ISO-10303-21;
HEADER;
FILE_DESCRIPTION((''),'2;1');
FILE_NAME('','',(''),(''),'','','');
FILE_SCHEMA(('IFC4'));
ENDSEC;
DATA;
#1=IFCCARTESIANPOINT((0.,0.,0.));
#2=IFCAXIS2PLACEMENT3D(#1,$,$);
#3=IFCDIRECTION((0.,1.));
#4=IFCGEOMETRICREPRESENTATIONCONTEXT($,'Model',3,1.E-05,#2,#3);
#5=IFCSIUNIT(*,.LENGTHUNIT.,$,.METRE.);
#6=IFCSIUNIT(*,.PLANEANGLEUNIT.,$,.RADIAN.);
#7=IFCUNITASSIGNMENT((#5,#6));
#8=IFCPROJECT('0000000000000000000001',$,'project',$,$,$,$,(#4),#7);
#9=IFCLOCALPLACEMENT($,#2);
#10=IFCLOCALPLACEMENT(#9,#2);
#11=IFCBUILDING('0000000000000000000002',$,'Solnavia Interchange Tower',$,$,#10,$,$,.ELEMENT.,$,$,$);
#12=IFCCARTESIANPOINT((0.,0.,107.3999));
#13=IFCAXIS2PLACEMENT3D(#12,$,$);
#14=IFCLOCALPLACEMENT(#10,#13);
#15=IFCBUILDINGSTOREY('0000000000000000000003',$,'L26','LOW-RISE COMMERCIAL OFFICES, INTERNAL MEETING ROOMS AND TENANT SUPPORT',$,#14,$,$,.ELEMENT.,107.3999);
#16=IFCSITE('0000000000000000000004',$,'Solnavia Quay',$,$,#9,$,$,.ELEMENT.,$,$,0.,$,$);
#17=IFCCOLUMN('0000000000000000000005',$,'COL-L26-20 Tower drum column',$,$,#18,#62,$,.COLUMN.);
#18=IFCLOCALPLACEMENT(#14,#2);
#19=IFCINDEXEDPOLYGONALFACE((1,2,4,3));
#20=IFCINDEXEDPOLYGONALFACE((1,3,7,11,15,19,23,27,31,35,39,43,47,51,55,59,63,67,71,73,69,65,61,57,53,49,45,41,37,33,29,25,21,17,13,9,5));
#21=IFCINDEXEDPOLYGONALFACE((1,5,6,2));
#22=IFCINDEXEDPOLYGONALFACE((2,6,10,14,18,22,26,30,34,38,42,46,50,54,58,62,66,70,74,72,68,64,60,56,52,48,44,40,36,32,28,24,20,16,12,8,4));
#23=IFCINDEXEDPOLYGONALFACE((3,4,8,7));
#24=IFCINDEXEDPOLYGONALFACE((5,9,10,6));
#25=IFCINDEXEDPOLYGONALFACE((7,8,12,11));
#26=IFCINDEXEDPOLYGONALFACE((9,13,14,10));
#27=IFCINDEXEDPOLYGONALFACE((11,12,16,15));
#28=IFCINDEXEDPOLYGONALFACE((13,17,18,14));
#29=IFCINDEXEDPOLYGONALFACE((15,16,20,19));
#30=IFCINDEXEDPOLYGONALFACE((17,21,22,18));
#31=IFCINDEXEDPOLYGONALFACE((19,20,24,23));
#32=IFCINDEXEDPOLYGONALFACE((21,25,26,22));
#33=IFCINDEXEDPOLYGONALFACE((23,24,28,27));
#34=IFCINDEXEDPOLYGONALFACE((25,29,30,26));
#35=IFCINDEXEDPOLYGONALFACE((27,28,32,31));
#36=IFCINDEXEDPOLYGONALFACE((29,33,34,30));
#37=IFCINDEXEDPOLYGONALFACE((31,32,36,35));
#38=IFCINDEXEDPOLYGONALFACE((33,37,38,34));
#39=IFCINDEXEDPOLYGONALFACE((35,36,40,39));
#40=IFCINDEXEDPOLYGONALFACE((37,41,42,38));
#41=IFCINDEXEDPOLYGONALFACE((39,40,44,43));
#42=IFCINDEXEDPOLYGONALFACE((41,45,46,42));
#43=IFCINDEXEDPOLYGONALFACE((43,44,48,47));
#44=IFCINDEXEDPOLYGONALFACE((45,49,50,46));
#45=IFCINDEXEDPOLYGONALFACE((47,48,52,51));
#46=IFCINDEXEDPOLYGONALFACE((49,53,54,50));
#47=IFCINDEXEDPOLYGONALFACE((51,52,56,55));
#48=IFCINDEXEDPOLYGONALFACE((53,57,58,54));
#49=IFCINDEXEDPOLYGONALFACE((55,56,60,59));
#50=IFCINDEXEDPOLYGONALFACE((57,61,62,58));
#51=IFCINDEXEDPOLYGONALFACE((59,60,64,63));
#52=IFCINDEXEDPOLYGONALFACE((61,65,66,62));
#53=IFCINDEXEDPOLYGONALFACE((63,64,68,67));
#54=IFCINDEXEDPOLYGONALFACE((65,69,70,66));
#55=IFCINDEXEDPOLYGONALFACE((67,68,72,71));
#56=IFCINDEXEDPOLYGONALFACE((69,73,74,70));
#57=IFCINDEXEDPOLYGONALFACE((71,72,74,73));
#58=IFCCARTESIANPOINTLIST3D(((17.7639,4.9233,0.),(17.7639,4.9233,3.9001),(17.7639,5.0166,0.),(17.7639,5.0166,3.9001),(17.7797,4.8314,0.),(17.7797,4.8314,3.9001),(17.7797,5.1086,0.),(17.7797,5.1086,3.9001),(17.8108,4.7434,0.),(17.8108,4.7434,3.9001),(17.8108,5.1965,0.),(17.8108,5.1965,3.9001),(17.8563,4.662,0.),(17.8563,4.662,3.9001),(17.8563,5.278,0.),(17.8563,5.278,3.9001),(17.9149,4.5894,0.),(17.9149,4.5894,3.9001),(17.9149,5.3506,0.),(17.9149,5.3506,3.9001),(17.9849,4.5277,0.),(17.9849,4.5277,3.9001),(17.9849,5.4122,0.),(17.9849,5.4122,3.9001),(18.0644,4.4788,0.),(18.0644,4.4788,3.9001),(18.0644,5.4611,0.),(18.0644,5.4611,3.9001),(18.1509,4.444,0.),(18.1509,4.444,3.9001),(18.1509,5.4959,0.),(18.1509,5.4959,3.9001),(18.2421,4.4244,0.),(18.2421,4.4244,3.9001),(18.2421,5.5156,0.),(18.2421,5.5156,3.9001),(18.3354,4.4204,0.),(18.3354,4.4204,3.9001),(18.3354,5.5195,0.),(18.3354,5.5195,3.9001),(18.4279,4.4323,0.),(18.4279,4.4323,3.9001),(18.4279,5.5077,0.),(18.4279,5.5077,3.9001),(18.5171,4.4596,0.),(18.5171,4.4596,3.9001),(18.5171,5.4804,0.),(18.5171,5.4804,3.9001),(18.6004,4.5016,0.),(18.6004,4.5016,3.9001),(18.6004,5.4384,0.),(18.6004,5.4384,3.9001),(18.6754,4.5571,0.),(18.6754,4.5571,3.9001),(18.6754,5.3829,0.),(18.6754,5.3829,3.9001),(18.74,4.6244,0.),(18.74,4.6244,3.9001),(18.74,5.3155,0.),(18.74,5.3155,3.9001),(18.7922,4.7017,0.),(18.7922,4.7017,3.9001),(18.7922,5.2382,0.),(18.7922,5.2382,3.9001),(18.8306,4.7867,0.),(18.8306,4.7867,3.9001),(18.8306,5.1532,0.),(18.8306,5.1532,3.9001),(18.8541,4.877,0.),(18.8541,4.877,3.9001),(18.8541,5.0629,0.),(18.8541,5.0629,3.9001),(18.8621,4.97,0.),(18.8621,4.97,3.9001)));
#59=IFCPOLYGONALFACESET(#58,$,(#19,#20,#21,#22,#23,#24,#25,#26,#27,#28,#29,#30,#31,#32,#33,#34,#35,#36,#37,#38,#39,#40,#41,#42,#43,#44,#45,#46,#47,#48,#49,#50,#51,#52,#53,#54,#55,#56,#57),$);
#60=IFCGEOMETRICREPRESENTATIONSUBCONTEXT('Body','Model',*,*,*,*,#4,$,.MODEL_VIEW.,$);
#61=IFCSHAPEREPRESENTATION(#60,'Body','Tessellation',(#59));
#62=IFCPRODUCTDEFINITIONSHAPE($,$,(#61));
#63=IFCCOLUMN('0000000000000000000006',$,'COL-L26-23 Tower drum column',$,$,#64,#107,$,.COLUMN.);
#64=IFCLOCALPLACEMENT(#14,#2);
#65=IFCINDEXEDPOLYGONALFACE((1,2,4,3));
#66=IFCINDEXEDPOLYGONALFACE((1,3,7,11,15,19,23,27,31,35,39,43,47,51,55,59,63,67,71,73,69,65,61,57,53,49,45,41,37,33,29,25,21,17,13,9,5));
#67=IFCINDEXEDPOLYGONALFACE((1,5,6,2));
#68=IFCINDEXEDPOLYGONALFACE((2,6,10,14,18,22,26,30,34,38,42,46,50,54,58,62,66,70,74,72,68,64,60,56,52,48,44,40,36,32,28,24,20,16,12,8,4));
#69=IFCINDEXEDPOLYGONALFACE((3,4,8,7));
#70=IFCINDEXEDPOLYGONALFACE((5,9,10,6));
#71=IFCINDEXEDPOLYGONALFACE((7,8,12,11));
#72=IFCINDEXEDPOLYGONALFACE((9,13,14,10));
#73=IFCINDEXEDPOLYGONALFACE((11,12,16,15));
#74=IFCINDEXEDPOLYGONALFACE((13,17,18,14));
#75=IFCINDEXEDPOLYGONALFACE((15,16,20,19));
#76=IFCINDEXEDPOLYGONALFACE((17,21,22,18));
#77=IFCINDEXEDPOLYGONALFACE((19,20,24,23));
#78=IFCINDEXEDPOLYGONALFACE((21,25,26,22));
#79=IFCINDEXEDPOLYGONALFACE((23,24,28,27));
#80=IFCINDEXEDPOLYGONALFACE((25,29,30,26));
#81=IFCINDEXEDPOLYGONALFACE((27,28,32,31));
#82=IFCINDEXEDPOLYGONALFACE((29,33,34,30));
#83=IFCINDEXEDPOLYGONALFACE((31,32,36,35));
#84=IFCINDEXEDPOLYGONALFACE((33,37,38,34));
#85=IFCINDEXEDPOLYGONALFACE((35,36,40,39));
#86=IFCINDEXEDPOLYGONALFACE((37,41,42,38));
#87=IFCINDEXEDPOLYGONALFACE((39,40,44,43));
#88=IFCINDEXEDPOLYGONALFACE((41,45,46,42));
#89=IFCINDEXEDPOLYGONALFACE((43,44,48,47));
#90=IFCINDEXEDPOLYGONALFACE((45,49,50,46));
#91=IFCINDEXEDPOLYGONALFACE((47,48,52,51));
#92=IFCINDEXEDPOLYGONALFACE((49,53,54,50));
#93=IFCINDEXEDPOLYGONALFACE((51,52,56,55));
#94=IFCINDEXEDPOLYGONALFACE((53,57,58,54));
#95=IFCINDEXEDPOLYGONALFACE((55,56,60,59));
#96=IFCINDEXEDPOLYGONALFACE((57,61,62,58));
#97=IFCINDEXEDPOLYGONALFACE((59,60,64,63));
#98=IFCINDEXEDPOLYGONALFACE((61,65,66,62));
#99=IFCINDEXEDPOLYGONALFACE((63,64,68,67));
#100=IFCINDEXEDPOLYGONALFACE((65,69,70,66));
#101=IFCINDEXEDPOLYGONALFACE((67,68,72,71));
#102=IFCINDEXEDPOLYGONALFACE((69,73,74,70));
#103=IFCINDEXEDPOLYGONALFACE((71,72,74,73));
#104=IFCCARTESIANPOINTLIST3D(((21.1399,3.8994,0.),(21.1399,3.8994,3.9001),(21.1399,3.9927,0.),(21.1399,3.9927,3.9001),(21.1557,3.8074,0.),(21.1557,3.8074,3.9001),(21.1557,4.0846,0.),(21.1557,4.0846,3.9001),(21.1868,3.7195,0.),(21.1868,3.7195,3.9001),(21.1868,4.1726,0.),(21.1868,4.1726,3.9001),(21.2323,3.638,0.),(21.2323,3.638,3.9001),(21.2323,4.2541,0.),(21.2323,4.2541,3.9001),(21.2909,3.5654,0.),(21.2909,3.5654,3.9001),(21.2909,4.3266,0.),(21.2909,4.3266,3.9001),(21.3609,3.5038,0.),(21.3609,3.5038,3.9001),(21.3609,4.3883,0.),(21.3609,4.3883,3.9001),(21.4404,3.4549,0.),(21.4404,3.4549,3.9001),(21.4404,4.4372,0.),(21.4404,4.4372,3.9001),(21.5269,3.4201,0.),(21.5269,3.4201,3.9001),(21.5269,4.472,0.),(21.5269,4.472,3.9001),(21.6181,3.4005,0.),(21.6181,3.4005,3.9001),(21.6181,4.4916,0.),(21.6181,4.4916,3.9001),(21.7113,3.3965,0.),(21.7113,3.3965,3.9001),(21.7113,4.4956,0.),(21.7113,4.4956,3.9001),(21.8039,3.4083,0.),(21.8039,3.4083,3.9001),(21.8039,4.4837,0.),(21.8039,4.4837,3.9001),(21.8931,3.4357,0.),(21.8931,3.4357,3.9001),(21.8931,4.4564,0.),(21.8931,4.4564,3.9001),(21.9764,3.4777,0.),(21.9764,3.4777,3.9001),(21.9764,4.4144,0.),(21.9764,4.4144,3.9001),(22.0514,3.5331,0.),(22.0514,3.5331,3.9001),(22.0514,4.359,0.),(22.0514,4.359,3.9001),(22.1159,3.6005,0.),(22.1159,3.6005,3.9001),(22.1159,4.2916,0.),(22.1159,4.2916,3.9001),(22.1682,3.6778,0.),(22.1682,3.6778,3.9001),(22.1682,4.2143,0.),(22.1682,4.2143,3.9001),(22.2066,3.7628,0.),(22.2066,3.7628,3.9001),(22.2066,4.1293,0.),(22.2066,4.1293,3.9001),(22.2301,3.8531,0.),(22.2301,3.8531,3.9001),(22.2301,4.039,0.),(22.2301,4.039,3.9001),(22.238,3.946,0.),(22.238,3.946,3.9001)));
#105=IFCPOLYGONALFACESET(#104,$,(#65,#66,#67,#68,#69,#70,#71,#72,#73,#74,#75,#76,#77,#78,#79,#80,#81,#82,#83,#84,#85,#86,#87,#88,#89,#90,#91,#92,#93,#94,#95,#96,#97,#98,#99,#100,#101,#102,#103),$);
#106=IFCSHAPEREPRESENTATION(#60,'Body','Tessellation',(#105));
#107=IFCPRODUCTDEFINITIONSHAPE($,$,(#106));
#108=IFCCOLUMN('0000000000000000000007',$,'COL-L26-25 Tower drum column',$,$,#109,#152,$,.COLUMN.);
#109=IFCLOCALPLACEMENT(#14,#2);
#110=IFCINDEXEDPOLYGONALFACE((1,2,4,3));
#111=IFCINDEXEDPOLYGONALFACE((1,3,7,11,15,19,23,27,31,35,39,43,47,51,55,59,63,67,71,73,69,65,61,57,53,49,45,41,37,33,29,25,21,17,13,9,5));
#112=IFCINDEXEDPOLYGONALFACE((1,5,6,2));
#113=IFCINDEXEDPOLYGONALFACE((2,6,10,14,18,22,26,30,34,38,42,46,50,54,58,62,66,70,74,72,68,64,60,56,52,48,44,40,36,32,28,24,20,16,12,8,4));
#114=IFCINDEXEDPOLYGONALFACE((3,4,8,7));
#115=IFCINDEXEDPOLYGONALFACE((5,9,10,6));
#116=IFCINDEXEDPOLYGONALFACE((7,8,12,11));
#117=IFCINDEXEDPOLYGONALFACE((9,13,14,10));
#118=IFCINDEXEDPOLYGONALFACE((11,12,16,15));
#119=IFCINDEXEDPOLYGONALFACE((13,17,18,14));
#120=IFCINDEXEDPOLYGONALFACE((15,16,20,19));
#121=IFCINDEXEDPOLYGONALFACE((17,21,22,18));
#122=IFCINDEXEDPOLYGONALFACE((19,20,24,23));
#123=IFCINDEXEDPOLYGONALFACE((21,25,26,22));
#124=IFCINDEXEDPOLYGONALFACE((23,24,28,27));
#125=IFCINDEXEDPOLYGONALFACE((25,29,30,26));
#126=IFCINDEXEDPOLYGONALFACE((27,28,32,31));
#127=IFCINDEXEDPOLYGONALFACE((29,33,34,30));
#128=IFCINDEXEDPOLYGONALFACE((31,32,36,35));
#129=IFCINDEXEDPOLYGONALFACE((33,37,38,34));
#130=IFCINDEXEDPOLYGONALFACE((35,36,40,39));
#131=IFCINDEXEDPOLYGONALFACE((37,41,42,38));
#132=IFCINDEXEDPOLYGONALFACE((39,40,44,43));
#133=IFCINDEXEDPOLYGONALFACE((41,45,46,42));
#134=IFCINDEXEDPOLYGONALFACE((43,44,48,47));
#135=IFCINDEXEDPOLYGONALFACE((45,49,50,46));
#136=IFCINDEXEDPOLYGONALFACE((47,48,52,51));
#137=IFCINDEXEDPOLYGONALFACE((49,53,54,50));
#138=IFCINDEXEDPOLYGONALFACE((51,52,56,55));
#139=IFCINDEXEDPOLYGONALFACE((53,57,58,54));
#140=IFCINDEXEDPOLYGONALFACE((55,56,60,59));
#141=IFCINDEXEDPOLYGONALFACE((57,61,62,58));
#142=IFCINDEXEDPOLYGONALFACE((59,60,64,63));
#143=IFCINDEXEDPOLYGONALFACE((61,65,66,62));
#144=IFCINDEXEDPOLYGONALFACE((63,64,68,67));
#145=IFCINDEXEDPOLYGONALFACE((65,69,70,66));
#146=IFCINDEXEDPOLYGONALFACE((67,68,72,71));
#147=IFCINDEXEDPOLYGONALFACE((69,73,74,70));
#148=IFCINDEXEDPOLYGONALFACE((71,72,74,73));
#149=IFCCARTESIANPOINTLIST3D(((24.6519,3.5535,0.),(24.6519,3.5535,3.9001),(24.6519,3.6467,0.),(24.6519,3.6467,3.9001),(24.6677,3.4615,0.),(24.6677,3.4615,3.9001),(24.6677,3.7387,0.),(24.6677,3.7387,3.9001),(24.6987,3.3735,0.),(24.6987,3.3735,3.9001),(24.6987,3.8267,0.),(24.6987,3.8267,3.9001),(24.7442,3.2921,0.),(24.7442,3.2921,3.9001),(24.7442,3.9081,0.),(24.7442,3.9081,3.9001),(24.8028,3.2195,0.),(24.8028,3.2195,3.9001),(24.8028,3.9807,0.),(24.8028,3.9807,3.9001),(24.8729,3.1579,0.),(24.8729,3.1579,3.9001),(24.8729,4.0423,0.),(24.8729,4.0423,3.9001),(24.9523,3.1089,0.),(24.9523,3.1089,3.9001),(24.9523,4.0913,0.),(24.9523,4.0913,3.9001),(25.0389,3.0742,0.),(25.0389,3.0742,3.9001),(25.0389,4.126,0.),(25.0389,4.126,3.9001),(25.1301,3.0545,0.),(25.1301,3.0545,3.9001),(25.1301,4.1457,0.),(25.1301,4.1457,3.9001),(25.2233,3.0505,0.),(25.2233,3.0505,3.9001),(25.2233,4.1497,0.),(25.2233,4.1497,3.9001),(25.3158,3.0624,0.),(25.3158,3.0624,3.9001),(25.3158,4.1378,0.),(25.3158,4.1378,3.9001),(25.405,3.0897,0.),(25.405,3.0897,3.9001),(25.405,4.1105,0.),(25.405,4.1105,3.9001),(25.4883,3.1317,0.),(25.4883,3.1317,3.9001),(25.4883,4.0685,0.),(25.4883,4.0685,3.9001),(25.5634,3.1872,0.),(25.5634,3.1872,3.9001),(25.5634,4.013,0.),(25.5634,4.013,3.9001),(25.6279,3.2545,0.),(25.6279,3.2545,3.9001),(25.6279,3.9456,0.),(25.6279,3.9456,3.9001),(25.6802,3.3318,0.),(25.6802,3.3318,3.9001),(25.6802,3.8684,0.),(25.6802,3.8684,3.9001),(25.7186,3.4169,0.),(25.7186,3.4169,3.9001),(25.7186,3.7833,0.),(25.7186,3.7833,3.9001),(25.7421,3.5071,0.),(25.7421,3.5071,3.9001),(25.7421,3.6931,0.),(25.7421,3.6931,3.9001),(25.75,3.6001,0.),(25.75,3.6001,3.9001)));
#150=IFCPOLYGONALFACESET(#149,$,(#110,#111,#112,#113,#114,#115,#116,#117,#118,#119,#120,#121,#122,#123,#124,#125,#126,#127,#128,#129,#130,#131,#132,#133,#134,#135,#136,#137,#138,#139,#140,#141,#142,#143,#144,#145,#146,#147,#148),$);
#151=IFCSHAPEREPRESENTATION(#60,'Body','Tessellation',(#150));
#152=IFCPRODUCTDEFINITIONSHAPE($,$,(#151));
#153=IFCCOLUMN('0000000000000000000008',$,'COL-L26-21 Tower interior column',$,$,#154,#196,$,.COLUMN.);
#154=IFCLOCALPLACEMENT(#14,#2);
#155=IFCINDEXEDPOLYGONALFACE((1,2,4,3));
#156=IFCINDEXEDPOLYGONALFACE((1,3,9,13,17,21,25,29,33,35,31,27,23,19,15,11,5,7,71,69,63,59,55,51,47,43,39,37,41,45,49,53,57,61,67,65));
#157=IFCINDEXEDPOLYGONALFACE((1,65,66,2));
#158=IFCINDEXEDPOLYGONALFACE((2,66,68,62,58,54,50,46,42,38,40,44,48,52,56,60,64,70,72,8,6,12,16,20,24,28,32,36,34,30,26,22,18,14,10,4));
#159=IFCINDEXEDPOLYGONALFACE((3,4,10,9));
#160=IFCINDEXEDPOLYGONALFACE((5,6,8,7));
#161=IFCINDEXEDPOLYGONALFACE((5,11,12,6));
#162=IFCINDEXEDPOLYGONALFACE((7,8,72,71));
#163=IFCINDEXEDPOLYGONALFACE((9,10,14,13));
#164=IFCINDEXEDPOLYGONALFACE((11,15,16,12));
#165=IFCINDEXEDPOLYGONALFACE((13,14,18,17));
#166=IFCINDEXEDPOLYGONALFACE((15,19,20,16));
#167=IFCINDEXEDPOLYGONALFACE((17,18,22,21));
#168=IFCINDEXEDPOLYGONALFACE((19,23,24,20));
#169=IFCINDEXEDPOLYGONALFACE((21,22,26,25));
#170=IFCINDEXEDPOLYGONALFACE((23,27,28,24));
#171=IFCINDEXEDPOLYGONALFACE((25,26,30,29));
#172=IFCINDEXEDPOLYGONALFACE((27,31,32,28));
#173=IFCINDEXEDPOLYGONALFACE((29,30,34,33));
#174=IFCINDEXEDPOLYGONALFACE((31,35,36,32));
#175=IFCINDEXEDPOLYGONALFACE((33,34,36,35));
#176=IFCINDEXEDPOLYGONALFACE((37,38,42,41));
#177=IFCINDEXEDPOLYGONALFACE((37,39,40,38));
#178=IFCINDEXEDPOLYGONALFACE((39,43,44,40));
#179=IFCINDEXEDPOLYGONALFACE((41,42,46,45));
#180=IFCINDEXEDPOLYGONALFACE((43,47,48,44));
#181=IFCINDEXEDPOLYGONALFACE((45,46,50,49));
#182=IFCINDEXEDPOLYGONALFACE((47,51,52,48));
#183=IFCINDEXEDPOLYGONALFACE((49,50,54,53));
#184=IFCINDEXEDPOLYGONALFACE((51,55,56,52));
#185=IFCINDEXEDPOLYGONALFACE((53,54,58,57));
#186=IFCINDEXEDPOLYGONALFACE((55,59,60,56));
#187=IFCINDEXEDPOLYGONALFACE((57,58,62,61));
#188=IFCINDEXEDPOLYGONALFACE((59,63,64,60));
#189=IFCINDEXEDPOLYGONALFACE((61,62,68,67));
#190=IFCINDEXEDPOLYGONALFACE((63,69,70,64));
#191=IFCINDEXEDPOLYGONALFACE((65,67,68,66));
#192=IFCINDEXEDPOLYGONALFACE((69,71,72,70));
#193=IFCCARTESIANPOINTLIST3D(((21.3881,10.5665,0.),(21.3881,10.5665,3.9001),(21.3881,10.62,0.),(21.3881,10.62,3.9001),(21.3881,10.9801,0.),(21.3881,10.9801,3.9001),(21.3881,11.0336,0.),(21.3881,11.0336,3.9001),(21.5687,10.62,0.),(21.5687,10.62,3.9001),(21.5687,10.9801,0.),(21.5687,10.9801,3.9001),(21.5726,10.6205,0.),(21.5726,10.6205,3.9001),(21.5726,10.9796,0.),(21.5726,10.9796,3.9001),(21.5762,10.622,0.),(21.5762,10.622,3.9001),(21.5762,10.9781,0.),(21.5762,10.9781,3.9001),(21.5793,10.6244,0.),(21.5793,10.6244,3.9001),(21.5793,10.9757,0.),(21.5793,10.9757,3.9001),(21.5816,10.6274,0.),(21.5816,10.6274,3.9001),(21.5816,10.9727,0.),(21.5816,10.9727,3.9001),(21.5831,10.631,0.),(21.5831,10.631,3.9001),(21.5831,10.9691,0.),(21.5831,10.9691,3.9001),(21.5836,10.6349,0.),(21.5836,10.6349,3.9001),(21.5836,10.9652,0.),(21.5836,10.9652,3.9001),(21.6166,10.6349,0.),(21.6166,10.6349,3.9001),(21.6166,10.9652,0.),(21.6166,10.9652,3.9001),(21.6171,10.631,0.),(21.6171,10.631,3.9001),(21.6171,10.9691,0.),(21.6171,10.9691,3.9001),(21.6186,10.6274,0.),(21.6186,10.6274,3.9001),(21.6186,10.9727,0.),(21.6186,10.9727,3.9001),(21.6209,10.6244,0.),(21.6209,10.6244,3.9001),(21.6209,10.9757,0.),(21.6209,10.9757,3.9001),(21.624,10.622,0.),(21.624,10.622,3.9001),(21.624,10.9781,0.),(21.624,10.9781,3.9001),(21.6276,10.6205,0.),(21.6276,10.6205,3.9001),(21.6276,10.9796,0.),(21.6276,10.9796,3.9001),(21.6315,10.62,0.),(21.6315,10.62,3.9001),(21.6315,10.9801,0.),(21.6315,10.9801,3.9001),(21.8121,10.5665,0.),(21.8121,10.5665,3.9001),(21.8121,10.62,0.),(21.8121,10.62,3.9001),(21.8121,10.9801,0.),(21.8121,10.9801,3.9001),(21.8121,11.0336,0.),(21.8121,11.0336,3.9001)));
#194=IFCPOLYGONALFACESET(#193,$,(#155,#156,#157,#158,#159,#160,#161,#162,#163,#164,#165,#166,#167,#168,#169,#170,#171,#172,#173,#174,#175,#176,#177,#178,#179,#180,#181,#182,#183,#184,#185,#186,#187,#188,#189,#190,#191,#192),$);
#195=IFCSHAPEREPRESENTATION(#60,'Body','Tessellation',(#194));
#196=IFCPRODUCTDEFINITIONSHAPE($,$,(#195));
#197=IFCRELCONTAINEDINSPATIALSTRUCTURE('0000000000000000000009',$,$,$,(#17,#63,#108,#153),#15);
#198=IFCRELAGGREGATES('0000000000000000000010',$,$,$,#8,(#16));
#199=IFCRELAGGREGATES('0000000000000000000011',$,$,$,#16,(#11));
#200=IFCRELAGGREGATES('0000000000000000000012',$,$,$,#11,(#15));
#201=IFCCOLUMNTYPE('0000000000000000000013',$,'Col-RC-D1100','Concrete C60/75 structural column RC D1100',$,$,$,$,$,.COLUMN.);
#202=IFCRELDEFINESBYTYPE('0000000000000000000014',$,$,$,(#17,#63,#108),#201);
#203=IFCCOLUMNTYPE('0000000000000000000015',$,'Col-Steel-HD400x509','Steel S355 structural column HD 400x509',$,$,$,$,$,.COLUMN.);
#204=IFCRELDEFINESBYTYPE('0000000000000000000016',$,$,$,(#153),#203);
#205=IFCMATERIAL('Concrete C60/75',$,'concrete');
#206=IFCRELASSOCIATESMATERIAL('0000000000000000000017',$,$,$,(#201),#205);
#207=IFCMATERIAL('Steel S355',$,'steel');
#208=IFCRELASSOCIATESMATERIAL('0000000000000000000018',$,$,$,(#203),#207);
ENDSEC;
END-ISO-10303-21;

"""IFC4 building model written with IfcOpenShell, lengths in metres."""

from ifc_helpers import new_model, si_unit, direction, frame, origin, origin_2d, place, context, subcontext, project, spatial, circle, i_section, extrude, material, material_profile, profile_set, type_object, element, save


model = new_model("IFC4")

# Units and contexts
model_context = context("Model", 3, precision=1e-05, world=origin(), true_north=direction((0.0, 1.0)))
body_context = subcontext(model_context, "Body", "Model", "MODEL_VIEW")
ifc_project = project(units=[si_unit("LENGTHUNIT", "METRE"), si_unit("PLANEANGLEUNIT", "RADIAN")], contexts=[model_context])

# Site, building, storey
site_placement = place(None, origin())
site = spatial("IfcSite", under=ifc_project, at=site_placement, Name="Solnavia Quay", CompositionType="ELEMENT", RefElevation=0.0)
building_placement = place(site_placement, origin())
building = spatial("IfcBuilding", under=site, at=building_placement, Name="Solnavia Interchange Tower", CompositionType="ELEMENT")
storey_placement = place(building_placement, frame((0.0, 0.0, 107.3999)))
storey = spatial("IfcBuildingStorey", under=building, at=storey_placement, Name="L26", Description="LOW-RISE COMMERCIAL OFFICES, INTERNAL MEETING ROOMS AND TENANT SUPPORT", CompositionType="ELEMENT", Elevation=107.3999)

# Columns
ifc_material_1 = material(Name="Concrete C60/75", Category="concrete")
ifc_material_profile_1 = material_profile(ifc_material_1, circle(Radius=0.55, at=origin_2d()), Name="RC D1100")
ifc_profile_set_1 = profile_set([ifc_material_profile_1], Name="Concrete C60/75")
column_type_1 = type_object("IfcColumnType", Name="Col-RC-D1100", Description="Concrete C60/75 structural column RC D1100", PredefinedType="COLUMN", material=ifc_profile_set_1)
for number, where, z_axis, x_axis, name in (
    (1, (18.312, 4.97, 0.0), (0.0, 0.0, 1.0), (1.0, 0.0, 0.0), "COL-L26-20 Tower drum column"),
    (2, (21.688, 3.946, 0.0), (0.0, 0.0, 1.0), (1.0, 0.0, 0.0), "COL-L26-23 Tower drum column"),
    (3, (25.2, 3.6001, 0.0), (0.0, 0.0, 1.0), (1.0, 0.0, 0.0), "COL-L26-25 Tower drum column"),
):
    element("IfcColumn", number, at=place(storey_placement, frame(where, z_axis=z_axis, x_axis=x_axis)), inside=storey, type_object=column_type_1, Name=name, PredefinedType="COLUMN", context=body_context, shape_type="SweptSolid", body=[
        extrude(circle(Radius=0.55, at=origin_2d()), origin(), (0.0, 0.0, 1.0), 3.9001),
    ])
ifc_material_2 = material(Name="Steel S355", Category="steel")
ifc_material_profile_2 = material_profile(ifc_material_2, i_section(OverallWidth=0.4241, OverallDepth=0.467, WebThickness=0.033, FlangeThickness=0.0535, FilletRadius=0.0149, at=origin_2d()), Name="HD 400x509")
ifc_profile_set_2 = profile_set([ifc_material_profile_2], Name="Steel S355")
column_type_2 = type_object("IfcColumnType", Name="Col-Steel-HD400x509", Description="Steel S355 structural column HD 400x509", PredefinedType="COLUMN", material=ifc_profile_set_2)
column_placement = place(storey_placement, frame((21.6001, 10.8, 0.0), z_axis=(0.0, 0.0, 1.0), x_axis=(1.0, 0.0, 0.0)))
element("IfcColumn", 4, at=column_placement, inside=storey, type_object=column_type_2, Name="COL-L26-21 Tower interior column", PredefinedType="COLUMN", context=body_context, shape_type="SweptSolid", body=[
    extrude(i_section(OverallWidth=0.4241, OverallDepth=0.467, WebThickness=0.033, FlangeThickness=0.0535, FilletRadius=0.0149, at=origin_2d()), origin(), (0.0, 0.0, 1.0), 3.9001),
])

save(model, "model.ifc")
